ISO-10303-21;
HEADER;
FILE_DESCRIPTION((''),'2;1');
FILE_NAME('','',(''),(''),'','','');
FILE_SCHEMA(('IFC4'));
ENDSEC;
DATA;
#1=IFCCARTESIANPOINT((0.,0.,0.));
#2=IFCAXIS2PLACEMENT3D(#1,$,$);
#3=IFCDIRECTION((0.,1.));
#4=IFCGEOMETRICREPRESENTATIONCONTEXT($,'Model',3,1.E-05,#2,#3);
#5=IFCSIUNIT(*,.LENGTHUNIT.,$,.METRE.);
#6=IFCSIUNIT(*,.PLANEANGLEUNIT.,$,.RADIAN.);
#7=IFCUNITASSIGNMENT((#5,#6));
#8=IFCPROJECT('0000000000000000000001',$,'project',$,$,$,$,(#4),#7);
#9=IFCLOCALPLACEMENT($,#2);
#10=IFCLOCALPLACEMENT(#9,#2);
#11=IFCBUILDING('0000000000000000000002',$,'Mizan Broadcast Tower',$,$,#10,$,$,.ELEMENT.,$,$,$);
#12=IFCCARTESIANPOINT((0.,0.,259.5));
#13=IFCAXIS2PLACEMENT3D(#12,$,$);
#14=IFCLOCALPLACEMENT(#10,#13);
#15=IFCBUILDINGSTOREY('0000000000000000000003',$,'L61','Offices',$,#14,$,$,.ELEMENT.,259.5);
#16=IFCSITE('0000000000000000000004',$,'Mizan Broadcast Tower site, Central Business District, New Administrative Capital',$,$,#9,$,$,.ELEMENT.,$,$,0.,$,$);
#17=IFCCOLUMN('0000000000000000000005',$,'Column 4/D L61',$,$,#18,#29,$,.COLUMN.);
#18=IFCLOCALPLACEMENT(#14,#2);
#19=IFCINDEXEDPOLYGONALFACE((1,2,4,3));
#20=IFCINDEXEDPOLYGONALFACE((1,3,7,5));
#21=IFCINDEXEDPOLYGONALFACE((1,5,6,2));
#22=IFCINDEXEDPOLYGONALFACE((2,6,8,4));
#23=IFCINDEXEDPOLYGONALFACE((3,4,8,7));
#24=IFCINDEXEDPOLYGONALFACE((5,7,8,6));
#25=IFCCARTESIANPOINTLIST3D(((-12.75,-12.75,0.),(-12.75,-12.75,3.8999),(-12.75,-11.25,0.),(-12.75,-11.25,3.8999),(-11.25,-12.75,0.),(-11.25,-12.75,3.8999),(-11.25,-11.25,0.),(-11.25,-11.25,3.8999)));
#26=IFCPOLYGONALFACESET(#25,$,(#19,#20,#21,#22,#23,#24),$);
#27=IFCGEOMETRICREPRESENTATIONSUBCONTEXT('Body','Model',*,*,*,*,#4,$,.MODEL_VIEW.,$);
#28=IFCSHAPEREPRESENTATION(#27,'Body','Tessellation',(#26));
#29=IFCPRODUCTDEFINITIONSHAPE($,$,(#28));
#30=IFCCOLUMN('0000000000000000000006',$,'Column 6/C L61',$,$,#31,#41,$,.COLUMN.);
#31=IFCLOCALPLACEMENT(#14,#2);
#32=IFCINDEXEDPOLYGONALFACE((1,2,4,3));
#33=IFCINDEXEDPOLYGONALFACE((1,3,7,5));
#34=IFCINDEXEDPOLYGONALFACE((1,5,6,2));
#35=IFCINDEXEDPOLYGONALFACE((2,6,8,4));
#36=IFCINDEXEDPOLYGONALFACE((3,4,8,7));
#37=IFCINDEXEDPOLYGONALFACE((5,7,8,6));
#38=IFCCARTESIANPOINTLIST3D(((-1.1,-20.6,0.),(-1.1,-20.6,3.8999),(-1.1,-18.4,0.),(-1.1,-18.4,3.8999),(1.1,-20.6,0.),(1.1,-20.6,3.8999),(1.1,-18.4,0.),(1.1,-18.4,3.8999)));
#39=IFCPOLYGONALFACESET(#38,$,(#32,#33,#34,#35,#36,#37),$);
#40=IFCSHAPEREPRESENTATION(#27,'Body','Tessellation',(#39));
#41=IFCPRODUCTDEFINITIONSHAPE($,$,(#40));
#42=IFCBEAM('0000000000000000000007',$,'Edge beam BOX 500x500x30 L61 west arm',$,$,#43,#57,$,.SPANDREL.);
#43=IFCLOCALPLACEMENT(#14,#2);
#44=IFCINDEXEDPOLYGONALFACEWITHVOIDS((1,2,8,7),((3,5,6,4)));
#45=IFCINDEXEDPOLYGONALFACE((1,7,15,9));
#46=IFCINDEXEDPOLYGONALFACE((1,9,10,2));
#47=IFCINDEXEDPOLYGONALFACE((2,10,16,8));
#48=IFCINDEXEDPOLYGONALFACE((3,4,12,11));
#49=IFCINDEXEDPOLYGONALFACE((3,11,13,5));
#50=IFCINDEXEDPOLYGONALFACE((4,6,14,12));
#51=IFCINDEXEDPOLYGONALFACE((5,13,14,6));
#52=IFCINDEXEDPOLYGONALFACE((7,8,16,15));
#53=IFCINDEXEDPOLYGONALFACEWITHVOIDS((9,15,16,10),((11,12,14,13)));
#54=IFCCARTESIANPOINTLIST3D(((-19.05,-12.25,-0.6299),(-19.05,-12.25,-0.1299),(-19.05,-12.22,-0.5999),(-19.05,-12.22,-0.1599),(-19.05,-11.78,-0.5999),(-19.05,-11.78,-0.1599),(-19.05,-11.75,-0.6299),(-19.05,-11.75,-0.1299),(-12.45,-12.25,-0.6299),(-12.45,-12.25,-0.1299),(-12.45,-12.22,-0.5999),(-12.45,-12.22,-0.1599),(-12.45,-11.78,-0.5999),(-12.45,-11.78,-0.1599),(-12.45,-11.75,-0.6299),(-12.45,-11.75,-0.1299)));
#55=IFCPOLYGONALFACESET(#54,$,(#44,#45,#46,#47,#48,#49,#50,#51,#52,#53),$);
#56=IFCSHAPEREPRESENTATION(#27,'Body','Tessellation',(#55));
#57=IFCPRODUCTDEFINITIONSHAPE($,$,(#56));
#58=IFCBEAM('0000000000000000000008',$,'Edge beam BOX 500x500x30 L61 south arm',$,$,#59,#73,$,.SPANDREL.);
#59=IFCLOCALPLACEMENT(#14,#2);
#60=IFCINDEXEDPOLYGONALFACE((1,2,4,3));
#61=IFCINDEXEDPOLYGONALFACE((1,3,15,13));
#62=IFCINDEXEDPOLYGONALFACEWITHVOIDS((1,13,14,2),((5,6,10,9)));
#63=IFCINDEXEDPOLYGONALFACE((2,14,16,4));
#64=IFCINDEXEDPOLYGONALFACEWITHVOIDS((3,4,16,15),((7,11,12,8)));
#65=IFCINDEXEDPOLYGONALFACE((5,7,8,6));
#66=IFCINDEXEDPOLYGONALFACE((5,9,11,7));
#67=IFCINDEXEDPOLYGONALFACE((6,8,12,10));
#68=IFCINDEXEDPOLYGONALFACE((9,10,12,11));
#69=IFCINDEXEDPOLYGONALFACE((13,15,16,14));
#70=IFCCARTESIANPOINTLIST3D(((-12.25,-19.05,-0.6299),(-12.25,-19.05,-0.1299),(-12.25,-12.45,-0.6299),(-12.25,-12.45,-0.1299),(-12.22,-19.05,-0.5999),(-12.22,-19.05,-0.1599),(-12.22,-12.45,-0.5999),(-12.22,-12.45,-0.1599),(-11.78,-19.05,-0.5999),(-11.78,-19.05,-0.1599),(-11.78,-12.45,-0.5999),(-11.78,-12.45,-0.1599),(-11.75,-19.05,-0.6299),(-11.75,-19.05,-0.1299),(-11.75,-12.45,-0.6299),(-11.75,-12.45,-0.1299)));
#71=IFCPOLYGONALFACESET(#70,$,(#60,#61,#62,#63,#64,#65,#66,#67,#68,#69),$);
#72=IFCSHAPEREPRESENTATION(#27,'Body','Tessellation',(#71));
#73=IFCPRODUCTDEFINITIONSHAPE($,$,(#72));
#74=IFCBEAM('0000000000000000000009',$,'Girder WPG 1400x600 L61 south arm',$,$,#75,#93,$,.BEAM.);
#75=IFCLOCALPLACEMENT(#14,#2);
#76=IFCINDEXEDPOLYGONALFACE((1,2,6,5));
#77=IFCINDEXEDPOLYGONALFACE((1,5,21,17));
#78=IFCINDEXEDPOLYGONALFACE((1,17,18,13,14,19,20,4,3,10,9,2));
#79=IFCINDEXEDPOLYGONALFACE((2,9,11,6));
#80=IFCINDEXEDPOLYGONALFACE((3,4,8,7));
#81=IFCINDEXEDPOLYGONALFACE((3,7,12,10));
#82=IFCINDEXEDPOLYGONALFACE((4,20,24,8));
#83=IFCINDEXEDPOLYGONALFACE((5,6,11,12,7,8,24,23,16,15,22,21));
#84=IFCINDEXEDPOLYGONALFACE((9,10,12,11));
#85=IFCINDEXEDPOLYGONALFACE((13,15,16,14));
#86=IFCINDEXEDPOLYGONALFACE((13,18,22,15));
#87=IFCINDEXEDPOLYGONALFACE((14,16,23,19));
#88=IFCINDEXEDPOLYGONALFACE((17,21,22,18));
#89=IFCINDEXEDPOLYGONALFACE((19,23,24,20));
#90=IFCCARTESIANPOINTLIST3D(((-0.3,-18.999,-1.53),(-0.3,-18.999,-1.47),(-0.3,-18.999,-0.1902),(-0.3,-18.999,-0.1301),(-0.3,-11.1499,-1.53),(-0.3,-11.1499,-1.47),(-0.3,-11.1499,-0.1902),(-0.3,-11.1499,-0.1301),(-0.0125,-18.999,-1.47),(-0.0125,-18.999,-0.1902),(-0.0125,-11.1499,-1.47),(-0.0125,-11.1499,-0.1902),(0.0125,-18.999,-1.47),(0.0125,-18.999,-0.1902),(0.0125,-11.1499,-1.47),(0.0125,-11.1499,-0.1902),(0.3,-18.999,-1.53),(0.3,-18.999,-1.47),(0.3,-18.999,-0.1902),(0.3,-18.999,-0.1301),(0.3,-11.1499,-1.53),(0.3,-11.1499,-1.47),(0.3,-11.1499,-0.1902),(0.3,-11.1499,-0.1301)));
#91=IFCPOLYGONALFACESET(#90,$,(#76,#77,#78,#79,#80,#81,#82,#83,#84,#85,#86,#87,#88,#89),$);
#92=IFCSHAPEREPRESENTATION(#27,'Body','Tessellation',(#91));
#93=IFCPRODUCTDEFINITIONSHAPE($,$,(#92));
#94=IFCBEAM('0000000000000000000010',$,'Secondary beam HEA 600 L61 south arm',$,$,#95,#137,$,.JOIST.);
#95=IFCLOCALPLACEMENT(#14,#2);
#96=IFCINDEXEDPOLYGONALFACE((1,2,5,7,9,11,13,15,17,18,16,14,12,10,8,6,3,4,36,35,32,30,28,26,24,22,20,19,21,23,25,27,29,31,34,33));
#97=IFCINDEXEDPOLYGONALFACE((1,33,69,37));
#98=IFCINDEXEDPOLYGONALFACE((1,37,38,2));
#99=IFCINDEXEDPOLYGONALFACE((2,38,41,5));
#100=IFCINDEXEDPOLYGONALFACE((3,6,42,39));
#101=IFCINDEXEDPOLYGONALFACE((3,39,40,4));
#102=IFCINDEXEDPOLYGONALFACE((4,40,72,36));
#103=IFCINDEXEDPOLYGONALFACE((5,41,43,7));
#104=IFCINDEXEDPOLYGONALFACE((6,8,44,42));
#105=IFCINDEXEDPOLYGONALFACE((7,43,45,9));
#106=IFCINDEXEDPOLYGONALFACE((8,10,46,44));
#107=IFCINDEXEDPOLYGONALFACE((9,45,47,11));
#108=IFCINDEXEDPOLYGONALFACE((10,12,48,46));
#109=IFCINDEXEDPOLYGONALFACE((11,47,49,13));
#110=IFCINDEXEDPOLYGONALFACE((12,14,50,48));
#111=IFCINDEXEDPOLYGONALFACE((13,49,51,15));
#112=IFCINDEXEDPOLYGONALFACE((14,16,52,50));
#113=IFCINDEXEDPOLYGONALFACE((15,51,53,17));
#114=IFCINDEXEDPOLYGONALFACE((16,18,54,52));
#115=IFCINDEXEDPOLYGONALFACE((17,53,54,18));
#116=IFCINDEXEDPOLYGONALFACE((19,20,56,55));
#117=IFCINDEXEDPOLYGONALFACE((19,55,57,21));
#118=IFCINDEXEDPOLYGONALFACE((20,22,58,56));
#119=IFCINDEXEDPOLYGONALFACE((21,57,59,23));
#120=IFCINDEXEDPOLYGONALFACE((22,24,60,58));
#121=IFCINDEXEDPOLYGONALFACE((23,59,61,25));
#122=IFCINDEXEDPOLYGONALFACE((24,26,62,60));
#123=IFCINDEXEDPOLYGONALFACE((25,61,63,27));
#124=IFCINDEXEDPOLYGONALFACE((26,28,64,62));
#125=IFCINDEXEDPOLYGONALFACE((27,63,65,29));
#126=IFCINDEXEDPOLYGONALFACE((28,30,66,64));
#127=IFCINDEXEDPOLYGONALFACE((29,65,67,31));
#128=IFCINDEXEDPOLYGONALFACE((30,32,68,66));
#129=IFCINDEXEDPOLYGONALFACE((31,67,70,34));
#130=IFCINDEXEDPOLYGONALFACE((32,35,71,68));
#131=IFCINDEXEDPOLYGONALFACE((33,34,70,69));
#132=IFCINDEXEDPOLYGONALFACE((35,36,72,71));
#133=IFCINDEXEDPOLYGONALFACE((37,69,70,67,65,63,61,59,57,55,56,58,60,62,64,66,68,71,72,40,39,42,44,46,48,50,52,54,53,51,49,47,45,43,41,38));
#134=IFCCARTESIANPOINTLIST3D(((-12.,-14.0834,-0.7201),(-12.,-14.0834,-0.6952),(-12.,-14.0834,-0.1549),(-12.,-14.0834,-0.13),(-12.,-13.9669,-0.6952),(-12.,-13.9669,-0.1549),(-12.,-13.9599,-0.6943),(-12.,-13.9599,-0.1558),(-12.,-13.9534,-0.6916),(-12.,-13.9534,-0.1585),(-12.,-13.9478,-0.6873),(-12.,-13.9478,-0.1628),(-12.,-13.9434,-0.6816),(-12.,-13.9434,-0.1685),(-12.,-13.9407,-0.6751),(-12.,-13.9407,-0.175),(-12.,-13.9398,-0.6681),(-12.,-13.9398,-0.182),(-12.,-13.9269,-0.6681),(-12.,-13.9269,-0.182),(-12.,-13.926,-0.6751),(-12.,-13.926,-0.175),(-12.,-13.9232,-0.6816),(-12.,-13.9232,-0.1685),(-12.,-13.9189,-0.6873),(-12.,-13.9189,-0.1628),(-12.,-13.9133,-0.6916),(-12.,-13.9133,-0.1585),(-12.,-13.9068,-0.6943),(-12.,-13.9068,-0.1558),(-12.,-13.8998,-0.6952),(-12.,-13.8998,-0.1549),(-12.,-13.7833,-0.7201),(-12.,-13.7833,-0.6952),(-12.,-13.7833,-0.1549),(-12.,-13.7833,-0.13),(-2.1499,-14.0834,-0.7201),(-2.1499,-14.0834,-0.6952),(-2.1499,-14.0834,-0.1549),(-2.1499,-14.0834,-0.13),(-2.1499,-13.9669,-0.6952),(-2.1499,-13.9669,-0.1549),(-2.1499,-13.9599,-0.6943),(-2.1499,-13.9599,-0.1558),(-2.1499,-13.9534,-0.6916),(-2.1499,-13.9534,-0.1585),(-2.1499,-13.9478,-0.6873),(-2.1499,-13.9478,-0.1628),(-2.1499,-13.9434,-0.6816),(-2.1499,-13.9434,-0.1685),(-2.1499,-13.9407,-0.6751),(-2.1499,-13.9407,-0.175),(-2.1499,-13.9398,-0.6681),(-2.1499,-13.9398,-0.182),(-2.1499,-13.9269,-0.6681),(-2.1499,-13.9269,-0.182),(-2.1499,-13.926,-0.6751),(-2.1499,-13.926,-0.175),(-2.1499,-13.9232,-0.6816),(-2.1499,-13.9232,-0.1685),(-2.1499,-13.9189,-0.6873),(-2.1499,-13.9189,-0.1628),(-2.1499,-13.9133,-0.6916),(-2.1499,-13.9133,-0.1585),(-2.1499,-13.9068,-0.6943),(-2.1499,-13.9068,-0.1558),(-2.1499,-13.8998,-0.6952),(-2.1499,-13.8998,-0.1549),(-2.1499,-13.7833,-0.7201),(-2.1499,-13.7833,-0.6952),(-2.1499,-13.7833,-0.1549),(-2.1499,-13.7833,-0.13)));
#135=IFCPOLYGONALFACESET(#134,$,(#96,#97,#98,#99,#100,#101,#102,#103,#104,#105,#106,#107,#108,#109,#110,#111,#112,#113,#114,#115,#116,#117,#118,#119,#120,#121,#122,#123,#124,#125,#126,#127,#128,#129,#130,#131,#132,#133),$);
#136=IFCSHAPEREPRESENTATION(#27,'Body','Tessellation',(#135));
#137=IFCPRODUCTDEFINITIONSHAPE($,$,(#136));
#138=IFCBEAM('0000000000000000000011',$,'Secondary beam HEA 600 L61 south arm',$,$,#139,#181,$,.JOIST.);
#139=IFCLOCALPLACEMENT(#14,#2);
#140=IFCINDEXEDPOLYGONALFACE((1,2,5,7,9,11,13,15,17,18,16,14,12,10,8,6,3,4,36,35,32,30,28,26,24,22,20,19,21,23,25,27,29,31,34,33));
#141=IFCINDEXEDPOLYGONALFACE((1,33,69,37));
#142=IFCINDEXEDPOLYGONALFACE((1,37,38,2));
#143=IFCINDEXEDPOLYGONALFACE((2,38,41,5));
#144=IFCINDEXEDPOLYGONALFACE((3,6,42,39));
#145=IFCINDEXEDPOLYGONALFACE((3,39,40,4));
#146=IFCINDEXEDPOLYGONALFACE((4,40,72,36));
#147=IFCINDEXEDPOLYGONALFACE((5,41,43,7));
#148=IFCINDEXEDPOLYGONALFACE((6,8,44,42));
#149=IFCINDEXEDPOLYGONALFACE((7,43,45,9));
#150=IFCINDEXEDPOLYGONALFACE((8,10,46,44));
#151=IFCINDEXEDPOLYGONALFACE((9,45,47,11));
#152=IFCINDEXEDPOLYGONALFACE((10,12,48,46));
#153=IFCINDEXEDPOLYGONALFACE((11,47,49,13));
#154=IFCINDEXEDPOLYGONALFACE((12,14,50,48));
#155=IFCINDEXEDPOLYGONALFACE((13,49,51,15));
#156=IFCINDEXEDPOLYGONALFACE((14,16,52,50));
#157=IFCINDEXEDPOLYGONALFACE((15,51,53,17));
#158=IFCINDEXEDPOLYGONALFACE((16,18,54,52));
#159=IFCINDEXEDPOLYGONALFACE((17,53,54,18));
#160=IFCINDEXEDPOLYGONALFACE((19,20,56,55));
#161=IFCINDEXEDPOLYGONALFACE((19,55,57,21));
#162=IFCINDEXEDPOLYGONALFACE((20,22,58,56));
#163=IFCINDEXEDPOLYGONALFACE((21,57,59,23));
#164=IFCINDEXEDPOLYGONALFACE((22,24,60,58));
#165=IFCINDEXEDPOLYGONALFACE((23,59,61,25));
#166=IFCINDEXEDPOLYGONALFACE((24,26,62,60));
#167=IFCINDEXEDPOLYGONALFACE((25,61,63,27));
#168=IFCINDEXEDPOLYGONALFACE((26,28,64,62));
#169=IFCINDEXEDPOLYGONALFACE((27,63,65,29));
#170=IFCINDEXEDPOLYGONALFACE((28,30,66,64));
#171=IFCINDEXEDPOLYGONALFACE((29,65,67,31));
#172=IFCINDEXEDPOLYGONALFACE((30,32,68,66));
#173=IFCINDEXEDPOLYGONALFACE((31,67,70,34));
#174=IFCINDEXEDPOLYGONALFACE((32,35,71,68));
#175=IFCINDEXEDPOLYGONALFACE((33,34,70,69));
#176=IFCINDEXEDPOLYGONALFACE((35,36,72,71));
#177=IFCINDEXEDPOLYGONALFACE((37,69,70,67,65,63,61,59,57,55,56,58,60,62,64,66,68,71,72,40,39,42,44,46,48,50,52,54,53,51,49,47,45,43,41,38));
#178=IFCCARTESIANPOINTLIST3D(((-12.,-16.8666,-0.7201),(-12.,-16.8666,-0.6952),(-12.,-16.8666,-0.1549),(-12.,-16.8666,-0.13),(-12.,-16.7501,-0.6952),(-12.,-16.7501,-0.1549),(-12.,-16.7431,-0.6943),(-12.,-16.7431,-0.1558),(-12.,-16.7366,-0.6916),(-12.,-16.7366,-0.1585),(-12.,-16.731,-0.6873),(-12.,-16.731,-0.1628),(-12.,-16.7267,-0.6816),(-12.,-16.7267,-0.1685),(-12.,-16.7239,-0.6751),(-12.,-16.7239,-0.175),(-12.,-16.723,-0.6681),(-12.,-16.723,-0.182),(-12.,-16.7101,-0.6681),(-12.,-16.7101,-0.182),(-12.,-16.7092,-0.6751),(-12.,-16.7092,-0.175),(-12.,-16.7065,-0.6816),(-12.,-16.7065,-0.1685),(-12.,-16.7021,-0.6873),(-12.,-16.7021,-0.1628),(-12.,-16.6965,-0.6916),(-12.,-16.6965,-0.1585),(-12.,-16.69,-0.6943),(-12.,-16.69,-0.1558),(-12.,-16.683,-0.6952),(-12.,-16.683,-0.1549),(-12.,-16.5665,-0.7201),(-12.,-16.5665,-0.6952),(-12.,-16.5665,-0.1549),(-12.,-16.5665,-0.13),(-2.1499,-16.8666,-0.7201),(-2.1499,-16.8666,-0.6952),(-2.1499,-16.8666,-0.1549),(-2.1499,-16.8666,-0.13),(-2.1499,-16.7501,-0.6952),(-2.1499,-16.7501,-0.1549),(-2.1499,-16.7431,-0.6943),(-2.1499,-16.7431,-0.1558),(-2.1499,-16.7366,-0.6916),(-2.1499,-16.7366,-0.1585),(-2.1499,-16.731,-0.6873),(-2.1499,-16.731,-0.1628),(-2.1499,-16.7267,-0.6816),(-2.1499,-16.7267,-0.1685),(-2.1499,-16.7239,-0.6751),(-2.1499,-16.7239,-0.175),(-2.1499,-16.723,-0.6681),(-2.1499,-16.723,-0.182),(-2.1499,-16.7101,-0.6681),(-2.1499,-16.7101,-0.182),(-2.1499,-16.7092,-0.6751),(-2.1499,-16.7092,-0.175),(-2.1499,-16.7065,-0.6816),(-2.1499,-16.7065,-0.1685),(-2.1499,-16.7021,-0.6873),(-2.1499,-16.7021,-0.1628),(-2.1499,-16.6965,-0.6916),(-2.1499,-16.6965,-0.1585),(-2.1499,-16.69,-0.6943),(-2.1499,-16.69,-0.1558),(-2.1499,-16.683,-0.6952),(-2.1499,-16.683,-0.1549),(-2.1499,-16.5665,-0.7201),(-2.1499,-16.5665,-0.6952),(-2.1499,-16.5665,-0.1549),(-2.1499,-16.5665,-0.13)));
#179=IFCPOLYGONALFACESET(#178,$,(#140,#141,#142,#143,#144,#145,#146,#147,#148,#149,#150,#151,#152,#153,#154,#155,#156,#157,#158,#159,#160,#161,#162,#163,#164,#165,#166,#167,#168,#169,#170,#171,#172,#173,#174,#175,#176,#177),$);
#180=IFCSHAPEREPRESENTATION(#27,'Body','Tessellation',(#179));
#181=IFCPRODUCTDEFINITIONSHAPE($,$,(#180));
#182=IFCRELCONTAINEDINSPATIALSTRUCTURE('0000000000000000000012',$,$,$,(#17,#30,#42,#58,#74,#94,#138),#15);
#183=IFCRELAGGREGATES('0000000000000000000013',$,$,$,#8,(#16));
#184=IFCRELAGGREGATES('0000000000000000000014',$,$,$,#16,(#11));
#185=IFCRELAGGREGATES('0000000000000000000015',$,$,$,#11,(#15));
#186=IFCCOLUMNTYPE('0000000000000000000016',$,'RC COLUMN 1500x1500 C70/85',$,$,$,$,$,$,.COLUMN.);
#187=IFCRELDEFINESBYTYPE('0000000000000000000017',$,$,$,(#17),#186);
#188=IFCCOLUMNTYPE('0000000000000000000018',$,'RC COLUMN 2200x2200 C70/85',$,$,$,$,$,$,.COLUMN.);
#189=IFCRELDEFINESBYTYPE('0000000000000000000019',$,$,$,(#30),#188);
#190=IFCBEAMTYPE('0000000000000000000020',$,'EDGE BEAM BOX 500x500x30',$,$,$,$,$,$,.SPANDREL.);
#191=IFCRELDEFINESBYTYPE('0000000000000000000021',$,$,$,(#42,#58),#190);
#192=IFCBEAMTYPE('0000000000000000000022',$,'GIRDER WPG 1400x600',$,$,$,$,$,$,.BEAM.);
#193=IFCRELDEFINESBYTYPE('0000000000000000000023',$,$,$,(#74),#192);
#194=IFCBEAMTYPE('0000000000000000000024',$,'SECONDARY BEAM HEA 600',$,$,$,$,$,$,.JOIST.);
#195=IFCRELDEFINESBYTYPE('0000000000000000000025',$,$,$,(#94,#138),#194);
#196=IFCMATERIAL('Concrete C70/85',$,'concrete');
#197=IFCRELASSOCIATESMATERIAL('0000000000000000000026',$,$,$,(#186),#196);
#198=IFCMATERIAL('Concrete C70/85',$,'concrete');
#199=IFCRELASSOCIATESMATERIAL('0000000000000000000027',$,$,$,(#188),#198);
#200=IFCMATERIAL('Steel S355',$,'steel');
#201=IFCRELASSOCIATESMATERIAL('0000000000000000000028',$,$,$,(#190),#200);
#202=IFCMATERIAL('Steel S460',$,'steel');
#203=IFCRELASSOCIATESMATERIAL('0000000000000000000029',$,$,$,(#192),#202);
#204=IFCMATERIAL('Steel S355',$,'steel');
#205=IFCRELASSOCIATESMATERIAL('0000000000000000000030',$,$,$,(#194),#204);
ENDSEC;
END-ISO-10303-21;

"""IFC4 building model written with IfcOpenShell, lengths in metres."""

from ifc_helpers import new_model, si_unit, direction, frame, origin, origin_2d, place, context, subcontext, project, spatial, rectangle, hollow_rectangle, i_section, extrude, material, material_profile, profile_set, type_object, element, save


model = new_model("IFC4")

# Units and contexts
model_context = context("Model", 3, precision=1e-05, world=origin(), true_north=direction((0.0, 1.0)))
body_context = subcontext(model_context, "Body", "Model", "MODEL_VIEW")
ifc_project = project(units=[si_unit("LENGTHUNIT", "METRE"), si_unit("PLANEANGLEUNIT", "RADIAN")], contexts=[model_context])

# Site, building, storey
site_placement = place(None, origin())
site = spatial("IfcSite", under=ifc_project, at=site_placement, Name="Mizan Broadcast Tower site, Central Business District, New Administrative Capital", CompositionType="ELEMENT", RefElevation=0.0)
building_placement = place(site_placement, origin())
building = spatial("IfcBuilding", under=site, at=building_placement, Name="Mizan Broadcast Tower", CompositionType="ELEMENT")
storey_placement = place(building_placement, frame((0.0, 0.0, 259.5)))
storey = spatial("IfcBuildingStorey", under=building, at=storey_placement, Name="L61", Description="Offices", CompositionType="ELEMENT", Elevation=259.5)

# Columns
ifc_material_1 = material(Name="Concrete C70/85", Category="concrete")
ifc_material_profile_1 = material_profile(ifc_material_1, rectangle(XDim=1.5, YDim=1.5, at=origin_2d()), Name="RC 1500x1500")
ifc_profile_set_1 = profile_set([ifc_material_profile_1], Name="Concrete C70/85")
column_type_1 = type_object("IfcColumnType", Name="RC COLUMN 1500x1500 C70/85", PredefinedType="COLUMN", material=ifc_profile_set_1)
column_1_placement = place(storey_placement, frame((-12.0, -12.0, 0.0), z_axis=(0.0, 0.0, 1.0), x_axis=(1.0, 0.0, 0.0)))
element("IfcColumn", 1, at=column_1_placement, inside=storey, type_object=column_type_1, Name="Column 4/D L61", PredefinedType="COLUMN", context=body_context, shape_type="SweptSolid", body=[
    extrude(rectangle(XDim=1.5, YDim=1.5, at=origin_2d()), origin(), (0.0, 0.0, 1.0), 3.8999),
])
ifc_material_2 = material(Name="Concrete C70/85", Category="concrete")
ifc_material_profile_2 = material_profile(ifc_material_2, rectangle(XDim=2.2, YDim=2.2, at=origin_2d()), Name="RC 2200x2200")
ifc_profile_set_2 = profile_set([ifc_material_profile_2], Name="Concrete C70/85")
column_type_2 = type_object("IfcColumnType", Name="RC COLUMN 2200x2200 C70/85", PredefinedType="COLUMN", material=ifc_profile_set_2)
column_2_placement = place(storey_placement, frame((0.0, -19.5, 0.0), z_axis=(0.0, 0.0, 1.0), x_axis=(1.0, 0.0, 0.0)))
element("IfcColumn", 2, at=column_2_placement, inside=storey, type_object=column_type_2, Name="Column 6/C L61", PredefinedType="COLUMN", context=body_context, shape_type="SweptSolid", body=[
    extrude(rectangle(XDim=2.2, YDim=2.2, at=origin_2d()), origin(), (0.0, 0.0, 1.0), 3.8999),
])

# Beams
ifc_material_3 = material(Name="Steel S355", Category="steel")
ifc_material_profile_3 = material_profile(ifc_material_3, hollow_rectangle(XDim=0.5, YDim=0.5, WallThickness=0.03, at=origin_2d()), Name="BOX 500x500x30")
ifc_profile_set_3 = profile_set([ifc_material_profile_3], Name="Steel S355")
beam_type_1 = type_object("IfcBeamType", Name="EDGE BEAM BOX 500x500x30", PredefinedType="SPANDREL", material=ifc_profile_set_3)
for number, where, z_axis, x_axis, name in (
    (3, (-12.45, -12.0, -0.3799), (-1.0, 0.0, 0.0), (0.0, -1.0, 0.0), "Edge beam BOX 500x500x30 L61 west arm"),
    (4, (-12.0, -12.45, -0.3799), (0.0, -1.0, 0.0), (1.0, 0.0, 0.0), "Edge beam BOX 500x500x30 L61 south arm"),
):
    element("IfcBeam", number, at=place(storey_placement, frame(where, z_axis=z_axis, x_axis=x_axis)), inside=storey, type_object=beam_type_1, Name=name, PredefinedType="SPANDREL", context=body_context, shape_type="SweptSolid", body=[
        extrude(hollow_rectangle(XDim=0.5, YDim=0.5, WallThickness=0.03, at=origin_2d()), origin(), (0.0, 0.0, 1.0), 6.6001),
    ])
ifc_material_4 = material(Name="Steel S460", Category="steel")
ifc_material_profile_4 = material_profile(ifc_material_4, i_section(OverallWidth=0.6001, OverallDepth=1.3999, WebThickness=0.0249, FlangeThickness=0.0601, at=origin_2d()), Name="WPG 1400x600")
ifc_profile_set_4 = profile_set([ifc_material_profile_4], Name="Steel S460")
beam_type_2 = type_object("IfcBeamType", Name="GIRDER WPG 1400x600", PredefinedType="BEAM", material=ifc_profile_set_4)
beam_1_placement = place(storey_placement, frame((0.0, -11.1499, -0.8301), z_axis=(0.0, -1.0, 0.0), x_axis=(1.0, 0.0, 0.0)))
element("IfcBeam", 5, at=beam_1_placement, inside=storey, type_object=beam_type_2, Name="Girder WPG 1400x600 L61 south arm", PredefinedType="BEAM", context=body_context, shape_type="SweptSolid", body=[
    extrude(i_section(OverallWidth=0.6001, OverallDepth=1.3999, WebThickness=0.0249, FlangeThickness=0.0601, at=origin_2d()), origin(), (0.0, 0.0, 1.0), 7.8491),
])
ifc_material_5 = material(Name="Steel S355", Category="steel")
ifc_material_profile_5 = material_profile(ifc_material_5, i_section(OverallWidth=0.3, OverallDepth=0.5901, WebThickness=0.0129, FlangeThickness=0.0249, FilletRadius=0.0271, at=origin_2d()), Name="HEA 600")
ifc_profile_set_5 = profile_set([ifc_material_profile_5], Name="Steel S355")
beam_type_3 = type_object("IfcBeamType", Name="SECONDARY BEAM HEA 600", PredefinedType="JOIST", material=ifc_profile_set_5)
for number, where, z_axis, x_axis, name in (
    (6, (-12.0, -13.9333, -0.425), (1.0, 0.0, 0.0), (0.0, 1.0, 0.0), "Secondary beam HEA 600 L61 south arm"),
    (7, (-12.0, -16.7166, -0.425), (1.0, 0.0, 0.0), (0.0, 1.0, 0.0), "Secondary beam HEA 600 L61 south arm"),
):
    element("IfcBeam", number, at=place(storey_placement, frame(where, z_axis=z_axis, x_axis=x_axis)), inside=storey, type_object=beam_type_3, Name=name, PredefinedType="JOIST", context=body_context, shape_type="SweptSolid", body=[
        extrude(i_section(OverallWidth=0.3, OverallDepth=0.5901, WebThickness=0.0129, FlangeThickness=0.0249, FilletRadius=0.0271, at=origin_2d()), origin(), (0.0, 0.0, 1.0), 9.8501),
    ])

save(model, "model.ifc")
